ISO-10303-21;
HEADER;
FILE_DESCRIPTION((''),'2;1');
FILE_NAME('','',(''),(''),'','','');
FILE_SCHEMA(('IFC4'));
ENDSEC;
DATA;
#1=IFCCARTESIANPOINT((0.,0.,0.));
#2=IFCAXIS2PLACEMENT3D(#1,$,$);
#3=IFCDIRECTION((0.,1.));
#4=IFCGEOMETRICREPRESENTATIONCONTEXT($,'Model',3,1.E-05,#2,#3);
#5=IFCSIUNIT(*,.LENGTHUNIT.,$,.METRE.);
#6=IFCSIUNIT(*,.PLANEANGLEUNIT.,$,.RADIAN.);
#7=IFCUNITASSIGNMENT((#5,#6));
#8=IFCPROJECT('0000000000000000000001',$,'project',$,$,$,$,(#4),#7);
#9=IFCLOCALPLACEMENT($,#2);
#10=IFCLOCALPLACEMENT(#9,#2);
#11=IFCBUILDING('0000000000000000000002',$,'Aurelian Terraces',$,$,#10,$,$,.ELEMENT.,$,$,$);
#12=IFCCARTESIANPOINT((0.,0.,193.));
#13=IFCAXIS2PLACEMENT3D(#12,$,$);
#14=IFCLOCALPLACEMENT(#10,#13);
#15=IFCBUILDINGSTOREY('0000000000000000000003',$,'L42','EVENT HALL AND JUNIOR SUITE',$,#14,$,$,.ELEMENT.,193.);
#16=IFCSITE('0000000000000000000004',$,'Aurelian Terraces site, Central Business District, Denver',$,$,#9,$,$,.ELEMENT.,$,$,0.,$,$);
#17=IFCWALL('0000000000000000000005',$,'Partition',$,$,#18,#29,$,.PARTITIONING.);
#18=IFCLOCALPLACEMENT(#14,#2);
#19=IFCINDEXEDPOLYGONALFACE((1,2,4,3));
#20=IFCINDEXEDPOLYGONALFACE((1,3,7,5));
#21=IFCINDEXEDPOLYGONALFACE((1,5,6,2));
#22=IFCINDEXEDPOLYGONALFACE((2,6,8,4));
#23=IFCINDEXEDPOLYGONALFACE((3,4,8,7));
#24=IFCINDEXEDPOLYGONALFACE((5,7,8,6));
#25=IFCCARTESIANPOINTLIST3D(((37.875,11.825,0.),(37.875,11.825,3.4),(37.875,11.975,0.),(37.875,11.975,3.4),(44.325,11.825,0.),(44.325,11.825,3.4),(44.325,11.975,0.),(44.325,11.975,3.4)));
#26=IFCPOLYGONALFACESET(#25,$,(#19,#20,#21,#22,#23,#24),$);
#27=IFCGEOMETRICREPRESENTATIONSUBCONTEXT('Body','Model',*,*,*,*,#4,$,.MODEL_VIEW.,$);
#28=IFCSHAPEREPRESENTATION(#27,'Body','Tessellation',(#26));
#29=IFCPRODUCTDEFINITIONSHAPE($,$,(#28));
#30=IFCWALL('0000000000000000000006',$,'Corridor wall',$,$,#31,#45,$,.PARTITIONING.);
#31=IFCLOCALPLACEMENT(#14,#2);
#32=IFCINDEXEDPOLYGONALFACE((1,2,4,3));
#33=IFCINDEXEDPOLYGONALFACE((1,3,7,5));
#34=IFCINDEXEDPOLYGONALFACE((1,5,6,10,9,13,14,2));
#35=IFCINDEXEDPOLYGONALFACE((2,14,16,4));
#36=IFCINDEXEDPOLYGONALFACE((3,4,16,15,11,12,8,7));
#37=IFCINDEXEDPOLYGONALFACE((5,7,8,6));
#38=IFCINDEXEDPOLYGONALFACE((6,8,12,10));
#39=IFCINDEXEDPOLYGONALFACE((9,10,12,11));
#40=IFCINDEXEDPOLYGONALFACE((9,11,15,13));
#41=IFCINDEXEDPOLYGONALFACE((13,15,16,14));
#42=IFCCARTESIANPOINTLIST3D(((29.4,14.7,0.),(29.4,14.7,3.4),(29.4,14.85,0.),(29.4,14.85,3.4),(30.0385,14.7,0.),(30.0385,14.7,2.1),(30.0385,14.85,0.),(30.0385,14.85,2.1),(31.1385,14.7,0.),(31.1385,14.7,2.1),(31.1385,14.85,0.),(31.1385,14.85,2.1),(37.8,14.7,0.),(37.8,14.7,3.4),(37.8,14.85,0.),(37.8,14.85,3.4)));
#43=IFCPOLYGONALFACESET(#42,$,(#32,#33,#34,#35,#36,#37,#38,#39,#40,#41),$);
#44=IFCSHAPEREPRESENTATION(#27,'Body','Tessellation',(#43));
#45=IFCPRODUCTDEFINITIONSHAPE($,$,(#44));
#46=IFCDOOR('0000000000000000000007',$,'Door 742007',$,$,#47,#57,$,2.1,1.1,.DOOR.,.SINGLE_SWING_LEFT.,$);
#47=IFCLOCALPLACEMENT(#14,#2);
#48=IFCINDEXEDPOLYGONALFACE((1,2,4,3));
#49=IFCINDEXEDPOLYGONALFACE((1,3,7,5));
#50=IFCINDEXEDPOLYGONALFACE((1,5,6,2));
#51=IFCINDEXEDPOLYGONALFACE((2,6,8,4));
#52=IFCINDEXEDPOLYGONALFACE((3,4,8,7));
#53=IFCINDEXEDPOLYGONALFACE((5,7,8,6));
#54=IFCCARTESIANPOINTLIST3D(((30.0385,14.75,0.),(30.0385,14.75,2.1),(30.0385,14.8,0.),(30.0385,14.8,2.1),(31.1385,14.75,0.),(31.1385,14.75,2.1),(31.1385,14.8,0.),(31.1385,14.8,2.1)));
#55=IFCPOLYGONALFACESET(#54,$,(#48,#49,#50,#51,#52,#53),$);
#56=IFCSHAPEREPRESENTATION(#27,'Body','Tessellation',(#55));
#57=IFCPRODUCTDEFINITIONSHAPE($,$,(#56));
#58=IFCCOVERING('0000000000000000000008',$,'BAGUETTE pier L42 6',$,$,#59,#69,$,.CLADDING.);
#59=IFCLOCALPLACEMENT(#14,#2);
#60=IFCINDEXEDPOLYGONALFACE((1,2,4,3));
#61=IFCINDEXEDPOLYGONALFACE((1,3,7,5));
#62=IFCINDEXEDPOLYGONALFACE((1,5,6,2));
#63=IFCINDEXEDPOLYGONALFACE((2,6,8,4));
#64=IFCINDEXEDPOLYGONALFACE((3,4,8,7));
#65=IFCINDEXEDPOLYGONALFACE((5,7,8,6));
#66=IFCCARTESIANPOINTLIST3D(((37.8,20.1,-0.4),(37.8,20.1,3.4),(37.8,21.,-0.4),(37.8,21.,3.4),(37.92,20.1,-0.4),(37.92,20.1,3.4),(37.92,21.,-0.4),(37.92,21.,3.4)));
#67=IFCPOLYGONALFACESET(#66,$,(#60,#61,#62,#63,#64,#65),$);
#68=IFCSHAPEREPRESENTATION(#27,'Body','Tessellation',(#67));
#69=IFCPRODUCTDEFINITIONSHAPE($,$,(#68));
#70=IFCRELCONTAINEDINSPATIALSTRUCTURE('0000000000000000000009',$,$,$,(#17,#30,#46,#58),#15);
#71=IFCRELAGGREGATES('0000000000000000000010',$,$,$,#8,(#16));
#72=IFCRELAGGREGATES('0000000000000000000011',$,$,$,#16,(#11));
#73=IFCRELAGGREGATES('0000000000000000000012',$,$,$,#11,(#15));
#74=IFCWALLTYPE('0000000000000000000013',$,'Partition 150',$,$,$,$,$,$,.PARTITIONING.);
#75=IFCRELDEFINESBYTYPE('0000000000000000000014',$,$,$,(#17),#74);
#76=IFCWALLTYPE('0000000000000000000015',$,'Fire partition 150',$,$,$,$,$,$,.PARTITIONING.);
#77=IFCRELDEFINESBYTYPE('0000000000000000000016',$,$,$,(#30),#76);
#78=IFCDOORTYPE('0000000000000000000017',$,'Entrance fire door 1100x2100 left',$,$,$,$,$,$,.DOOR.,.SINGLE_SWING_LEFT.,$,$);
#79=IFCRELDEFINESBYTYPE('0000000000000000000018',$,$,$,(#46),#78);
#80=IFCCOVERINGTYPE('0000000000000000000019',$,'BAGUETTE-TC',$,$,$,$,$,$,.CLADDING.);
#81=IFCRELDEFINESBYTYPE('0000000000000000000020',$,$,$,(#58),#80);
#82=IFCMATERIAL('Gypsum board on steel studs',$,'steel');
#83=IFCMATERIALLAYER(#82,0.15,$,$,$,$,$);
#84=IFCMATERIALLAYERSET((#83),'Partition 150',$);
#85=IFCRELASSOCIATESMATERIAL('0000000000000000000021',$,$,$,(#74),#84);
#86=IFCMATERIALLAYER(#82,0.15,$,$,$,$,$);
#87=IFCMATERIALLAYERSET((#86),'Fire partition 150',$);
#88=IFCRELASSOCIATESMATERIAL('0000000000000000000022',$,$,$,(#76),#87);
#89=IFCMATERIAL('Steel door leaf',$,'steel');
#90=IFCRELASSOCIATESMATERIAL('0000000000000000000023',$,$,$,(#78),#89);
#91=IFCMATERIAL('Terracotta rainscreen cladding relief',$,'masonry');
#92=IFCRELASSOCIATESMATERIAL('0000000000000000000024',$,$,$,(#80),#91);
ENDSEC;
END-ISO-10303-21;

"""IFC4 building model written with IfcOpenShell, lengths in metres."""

from ifc_helpers import new_model, si_unit, direction, frame, frame_2d, origin, origin_2d, place, context, subcontext, project, spatial, rectangle, extrude, source, transform, mapped, material, layer, layer_set, type_object, element, fill, save


model = new_model("IFC4")

# Units and contexts
model_context = context("Model", 3, precision=1e-05, world=origin(), true_north=direction((0.0, 1.0)))
body_context = subcontext(model_context, "Body", "Model", "MODEL_VIEW")
ifc_project = project(units=[si_unit("LENGTHUNIT", "METRE"), si_unit("PLANEANGLEUNIT", "RADIAN")], contexts=[model_context])

# Site, building, storey
site_placement = place(None, origin())
site = spatial("IfcSite", under=ifc_project, at=site_placement, Name="Aurelian Terraces site, Central Business District, Denver", CompositionType="ELEMENT", RefElevation=0.0)
building_placement = place(site_placement, origin())
building = spatial("IfcBuilding", under=site, at=building_placement, Name="Aurelian Terraces", CompositionType="ELEMENT")
storey_placement = place(building_placement, frame((0.0, 0.0, 193.0)))
storey = spatial("IfcBuildingStorey", under=building, at=storey_placement, Name="L42", Description="EVENT HALL AND JUNIOR SUITE", CompositionType="ELEMENT", Elevation=193.0)

# Shared definitions
ifc_material_1 = material(Name="Gypsum board on steel studs", Category="steel")
ifc_layer_1 = layer(ifc_material_1, 0.15)
ifc_layer_set_1 = layer_set([ifc_layer_1], Name="Partition 150")
wall_type_1 = type_object("IfcWallType", Name="Partition 150", PredefinedType="PARTITIONING", material=ifc_layer_set_1)

# Wall
shared_shape_1 = source(origin(), body_context, "Body", "SweptSolid", [
    extrude(rectangle(XDim=6.45, YDim=0.15, at=frame_2d((3.225, 0.0))), origin(), (0.0, 0.0, 1.0), 3.4),
])
wall_1_placement = place(storey_placement, frame((37.875, 11.9, 0.0), z_axis=(0.0, 0.0, 1.0), x_axis=(1.0, 0.0, 0.0)))
element("IfcWall", 1, at=wall_1_placement, inside=storey, type_object=wall_type_1, Name="Partition", PredefinedType="PARTITIONING", context=body_context, shape_type="MappedRepresentation", body=[
    mapped(shared_shape_1, transform((0.0, 0.0, 0.0), scale=1.0)),
])

# Wall, opening, door
ifc_layer_2 = layer(ifc_material_1, 0.15)
ifc_layer_set_2 = layer_set([ifc_layer_2], Name="Fire partition 150")
wall_type_2 = type_object("IfcWallType", Name="Fire partition 150", PredefinedType="PARTITIONING", material=ifc_layer_set_2)
shared_shape_2 = source(origin(), body_context, "Body", "SweptSolid", [
    extrude(rectangle(XDim=8.4, YDim=0.15, at=frame_2d((4.2, 0.0))), origin(), (0.0, 0.0, 1.0), 3.4),
])
wall_2_placement = place(storey_placement, frame((37.8, 14.775, 0.0), z_axis=(0.0, 0.0, 1.0), x_axis=(-1.0, 0.0, 0.0)))
wall_2 = element("IfcWall", 2, at=wall_2_placement, inside=storey, type_object=wall_type_2, Name="Corridor wall", PredefinedType="PARTITIONING", context=body_context, shape_type="MappedRepresentation", body=[
    mapped(shared_shape_2, transform((0.0, 0.0, 0.0), scale=1.0)),
])
shared_shape_3 = source(origin(), body_context, "Body", "SweptSolid", [
    extrude(rectangle(XDim=1.1, YDim=2.1, at=frame_2d((0.55, 1.05))), frame((0.0, 0.085, 0.0), z_axis=(0.0, -1.0, 0.0), x_axis=(1.0, 0.0, 0.0)), (0.0, 0.0, 1.0), 0.17),
])
opening_1_placement = place(wall_2_placement, frame((6.6615, 0.0, 0.0)))
opening_1 = element("IfcOpeningElement", 3, at=opening_1_placement, cuts=wall_2, PredefinedType="OPENING", context=body_context, shape_type="MappedRepresentation", body=[
    mapped(shared_shape_3, transform((0.0, 0.0, 0.0), scale=1.0)),
])
ifc_material_2 = material(Name="Steel door leaf", Category="steel")
door_type_1 = type_object("IfcDoorType", Name="Entrance fire door 1100x2100 left", OperationType="SINGLE_SWING_LEFT", PredefinedType="DOOR", material=ifc_material_2)
shared_shape_4 = source(origin(), body_context, "Body", "SweptSolid", [
    extrude(rectangle(XDim=1.1, YDim=2.1, at=frame_2d((0.55, 1.05))), frame((0.0, 0.025, 0.0), z_axis=(0.0, -1.0, 0.0), x_axis=(1.0, 0.0, 0.0)), (0.0, 0.0, 1.0), 0.05),
])
door_1_placement = place(opening_1_placement, origin())
door_1 = element("IfcDoor", 4, at=door_1_placement, inside=storey, type_object=door_type_1, Name="Door 742007", OperationType="SINGLE_SWING_LEFT", OverallHeight=2.1, OverallWidth=1.1, PredefinedType="DOOR", context=body_context, shape_type="MappedRepresentation", body=[
    mapped(shared_shape_4, transform((0.0, 0.0, 0.0), scale=1.0)),
])
fill(opening_1, door_1)

# Covering
ifc_material_3 = material(Name="Terracotta rainscreen cladding relief", Category="masonry")
covering_type = type_object("IfcCoveringType", Name="BAGUETTE-TC", PredefinedType="CLADDING", material=ifc_material_3)
shared_shape_5 = source(origin(), body_context, "Body", "SweptSolid", [
    extrude(rectangle(XDim=0.12, YDim=0.9, at=origin_2d()), origin(), (0.0, 0.0, 1.0), 3.8),
])
covering_placement = place(storey_placement, frame((37.86, 20.55, -0.4), z_axis=(0.0, 0.0, 1.0), x_axis=(1.0, 0.0, 0.0)))
element("IfcCovering", 5, at=covering_placement, inside=storey, type_object=covering_type, Name="BAGUETTE pier L42 6", PredefinedType="CLADDING", context=body_context, shape_type="MappedRepresentation", body=[
    mapped(shared_shape_5, transform((0.0, 0.0, 0.0), scale=1.0)),
])

save(model, "model.ifc")
